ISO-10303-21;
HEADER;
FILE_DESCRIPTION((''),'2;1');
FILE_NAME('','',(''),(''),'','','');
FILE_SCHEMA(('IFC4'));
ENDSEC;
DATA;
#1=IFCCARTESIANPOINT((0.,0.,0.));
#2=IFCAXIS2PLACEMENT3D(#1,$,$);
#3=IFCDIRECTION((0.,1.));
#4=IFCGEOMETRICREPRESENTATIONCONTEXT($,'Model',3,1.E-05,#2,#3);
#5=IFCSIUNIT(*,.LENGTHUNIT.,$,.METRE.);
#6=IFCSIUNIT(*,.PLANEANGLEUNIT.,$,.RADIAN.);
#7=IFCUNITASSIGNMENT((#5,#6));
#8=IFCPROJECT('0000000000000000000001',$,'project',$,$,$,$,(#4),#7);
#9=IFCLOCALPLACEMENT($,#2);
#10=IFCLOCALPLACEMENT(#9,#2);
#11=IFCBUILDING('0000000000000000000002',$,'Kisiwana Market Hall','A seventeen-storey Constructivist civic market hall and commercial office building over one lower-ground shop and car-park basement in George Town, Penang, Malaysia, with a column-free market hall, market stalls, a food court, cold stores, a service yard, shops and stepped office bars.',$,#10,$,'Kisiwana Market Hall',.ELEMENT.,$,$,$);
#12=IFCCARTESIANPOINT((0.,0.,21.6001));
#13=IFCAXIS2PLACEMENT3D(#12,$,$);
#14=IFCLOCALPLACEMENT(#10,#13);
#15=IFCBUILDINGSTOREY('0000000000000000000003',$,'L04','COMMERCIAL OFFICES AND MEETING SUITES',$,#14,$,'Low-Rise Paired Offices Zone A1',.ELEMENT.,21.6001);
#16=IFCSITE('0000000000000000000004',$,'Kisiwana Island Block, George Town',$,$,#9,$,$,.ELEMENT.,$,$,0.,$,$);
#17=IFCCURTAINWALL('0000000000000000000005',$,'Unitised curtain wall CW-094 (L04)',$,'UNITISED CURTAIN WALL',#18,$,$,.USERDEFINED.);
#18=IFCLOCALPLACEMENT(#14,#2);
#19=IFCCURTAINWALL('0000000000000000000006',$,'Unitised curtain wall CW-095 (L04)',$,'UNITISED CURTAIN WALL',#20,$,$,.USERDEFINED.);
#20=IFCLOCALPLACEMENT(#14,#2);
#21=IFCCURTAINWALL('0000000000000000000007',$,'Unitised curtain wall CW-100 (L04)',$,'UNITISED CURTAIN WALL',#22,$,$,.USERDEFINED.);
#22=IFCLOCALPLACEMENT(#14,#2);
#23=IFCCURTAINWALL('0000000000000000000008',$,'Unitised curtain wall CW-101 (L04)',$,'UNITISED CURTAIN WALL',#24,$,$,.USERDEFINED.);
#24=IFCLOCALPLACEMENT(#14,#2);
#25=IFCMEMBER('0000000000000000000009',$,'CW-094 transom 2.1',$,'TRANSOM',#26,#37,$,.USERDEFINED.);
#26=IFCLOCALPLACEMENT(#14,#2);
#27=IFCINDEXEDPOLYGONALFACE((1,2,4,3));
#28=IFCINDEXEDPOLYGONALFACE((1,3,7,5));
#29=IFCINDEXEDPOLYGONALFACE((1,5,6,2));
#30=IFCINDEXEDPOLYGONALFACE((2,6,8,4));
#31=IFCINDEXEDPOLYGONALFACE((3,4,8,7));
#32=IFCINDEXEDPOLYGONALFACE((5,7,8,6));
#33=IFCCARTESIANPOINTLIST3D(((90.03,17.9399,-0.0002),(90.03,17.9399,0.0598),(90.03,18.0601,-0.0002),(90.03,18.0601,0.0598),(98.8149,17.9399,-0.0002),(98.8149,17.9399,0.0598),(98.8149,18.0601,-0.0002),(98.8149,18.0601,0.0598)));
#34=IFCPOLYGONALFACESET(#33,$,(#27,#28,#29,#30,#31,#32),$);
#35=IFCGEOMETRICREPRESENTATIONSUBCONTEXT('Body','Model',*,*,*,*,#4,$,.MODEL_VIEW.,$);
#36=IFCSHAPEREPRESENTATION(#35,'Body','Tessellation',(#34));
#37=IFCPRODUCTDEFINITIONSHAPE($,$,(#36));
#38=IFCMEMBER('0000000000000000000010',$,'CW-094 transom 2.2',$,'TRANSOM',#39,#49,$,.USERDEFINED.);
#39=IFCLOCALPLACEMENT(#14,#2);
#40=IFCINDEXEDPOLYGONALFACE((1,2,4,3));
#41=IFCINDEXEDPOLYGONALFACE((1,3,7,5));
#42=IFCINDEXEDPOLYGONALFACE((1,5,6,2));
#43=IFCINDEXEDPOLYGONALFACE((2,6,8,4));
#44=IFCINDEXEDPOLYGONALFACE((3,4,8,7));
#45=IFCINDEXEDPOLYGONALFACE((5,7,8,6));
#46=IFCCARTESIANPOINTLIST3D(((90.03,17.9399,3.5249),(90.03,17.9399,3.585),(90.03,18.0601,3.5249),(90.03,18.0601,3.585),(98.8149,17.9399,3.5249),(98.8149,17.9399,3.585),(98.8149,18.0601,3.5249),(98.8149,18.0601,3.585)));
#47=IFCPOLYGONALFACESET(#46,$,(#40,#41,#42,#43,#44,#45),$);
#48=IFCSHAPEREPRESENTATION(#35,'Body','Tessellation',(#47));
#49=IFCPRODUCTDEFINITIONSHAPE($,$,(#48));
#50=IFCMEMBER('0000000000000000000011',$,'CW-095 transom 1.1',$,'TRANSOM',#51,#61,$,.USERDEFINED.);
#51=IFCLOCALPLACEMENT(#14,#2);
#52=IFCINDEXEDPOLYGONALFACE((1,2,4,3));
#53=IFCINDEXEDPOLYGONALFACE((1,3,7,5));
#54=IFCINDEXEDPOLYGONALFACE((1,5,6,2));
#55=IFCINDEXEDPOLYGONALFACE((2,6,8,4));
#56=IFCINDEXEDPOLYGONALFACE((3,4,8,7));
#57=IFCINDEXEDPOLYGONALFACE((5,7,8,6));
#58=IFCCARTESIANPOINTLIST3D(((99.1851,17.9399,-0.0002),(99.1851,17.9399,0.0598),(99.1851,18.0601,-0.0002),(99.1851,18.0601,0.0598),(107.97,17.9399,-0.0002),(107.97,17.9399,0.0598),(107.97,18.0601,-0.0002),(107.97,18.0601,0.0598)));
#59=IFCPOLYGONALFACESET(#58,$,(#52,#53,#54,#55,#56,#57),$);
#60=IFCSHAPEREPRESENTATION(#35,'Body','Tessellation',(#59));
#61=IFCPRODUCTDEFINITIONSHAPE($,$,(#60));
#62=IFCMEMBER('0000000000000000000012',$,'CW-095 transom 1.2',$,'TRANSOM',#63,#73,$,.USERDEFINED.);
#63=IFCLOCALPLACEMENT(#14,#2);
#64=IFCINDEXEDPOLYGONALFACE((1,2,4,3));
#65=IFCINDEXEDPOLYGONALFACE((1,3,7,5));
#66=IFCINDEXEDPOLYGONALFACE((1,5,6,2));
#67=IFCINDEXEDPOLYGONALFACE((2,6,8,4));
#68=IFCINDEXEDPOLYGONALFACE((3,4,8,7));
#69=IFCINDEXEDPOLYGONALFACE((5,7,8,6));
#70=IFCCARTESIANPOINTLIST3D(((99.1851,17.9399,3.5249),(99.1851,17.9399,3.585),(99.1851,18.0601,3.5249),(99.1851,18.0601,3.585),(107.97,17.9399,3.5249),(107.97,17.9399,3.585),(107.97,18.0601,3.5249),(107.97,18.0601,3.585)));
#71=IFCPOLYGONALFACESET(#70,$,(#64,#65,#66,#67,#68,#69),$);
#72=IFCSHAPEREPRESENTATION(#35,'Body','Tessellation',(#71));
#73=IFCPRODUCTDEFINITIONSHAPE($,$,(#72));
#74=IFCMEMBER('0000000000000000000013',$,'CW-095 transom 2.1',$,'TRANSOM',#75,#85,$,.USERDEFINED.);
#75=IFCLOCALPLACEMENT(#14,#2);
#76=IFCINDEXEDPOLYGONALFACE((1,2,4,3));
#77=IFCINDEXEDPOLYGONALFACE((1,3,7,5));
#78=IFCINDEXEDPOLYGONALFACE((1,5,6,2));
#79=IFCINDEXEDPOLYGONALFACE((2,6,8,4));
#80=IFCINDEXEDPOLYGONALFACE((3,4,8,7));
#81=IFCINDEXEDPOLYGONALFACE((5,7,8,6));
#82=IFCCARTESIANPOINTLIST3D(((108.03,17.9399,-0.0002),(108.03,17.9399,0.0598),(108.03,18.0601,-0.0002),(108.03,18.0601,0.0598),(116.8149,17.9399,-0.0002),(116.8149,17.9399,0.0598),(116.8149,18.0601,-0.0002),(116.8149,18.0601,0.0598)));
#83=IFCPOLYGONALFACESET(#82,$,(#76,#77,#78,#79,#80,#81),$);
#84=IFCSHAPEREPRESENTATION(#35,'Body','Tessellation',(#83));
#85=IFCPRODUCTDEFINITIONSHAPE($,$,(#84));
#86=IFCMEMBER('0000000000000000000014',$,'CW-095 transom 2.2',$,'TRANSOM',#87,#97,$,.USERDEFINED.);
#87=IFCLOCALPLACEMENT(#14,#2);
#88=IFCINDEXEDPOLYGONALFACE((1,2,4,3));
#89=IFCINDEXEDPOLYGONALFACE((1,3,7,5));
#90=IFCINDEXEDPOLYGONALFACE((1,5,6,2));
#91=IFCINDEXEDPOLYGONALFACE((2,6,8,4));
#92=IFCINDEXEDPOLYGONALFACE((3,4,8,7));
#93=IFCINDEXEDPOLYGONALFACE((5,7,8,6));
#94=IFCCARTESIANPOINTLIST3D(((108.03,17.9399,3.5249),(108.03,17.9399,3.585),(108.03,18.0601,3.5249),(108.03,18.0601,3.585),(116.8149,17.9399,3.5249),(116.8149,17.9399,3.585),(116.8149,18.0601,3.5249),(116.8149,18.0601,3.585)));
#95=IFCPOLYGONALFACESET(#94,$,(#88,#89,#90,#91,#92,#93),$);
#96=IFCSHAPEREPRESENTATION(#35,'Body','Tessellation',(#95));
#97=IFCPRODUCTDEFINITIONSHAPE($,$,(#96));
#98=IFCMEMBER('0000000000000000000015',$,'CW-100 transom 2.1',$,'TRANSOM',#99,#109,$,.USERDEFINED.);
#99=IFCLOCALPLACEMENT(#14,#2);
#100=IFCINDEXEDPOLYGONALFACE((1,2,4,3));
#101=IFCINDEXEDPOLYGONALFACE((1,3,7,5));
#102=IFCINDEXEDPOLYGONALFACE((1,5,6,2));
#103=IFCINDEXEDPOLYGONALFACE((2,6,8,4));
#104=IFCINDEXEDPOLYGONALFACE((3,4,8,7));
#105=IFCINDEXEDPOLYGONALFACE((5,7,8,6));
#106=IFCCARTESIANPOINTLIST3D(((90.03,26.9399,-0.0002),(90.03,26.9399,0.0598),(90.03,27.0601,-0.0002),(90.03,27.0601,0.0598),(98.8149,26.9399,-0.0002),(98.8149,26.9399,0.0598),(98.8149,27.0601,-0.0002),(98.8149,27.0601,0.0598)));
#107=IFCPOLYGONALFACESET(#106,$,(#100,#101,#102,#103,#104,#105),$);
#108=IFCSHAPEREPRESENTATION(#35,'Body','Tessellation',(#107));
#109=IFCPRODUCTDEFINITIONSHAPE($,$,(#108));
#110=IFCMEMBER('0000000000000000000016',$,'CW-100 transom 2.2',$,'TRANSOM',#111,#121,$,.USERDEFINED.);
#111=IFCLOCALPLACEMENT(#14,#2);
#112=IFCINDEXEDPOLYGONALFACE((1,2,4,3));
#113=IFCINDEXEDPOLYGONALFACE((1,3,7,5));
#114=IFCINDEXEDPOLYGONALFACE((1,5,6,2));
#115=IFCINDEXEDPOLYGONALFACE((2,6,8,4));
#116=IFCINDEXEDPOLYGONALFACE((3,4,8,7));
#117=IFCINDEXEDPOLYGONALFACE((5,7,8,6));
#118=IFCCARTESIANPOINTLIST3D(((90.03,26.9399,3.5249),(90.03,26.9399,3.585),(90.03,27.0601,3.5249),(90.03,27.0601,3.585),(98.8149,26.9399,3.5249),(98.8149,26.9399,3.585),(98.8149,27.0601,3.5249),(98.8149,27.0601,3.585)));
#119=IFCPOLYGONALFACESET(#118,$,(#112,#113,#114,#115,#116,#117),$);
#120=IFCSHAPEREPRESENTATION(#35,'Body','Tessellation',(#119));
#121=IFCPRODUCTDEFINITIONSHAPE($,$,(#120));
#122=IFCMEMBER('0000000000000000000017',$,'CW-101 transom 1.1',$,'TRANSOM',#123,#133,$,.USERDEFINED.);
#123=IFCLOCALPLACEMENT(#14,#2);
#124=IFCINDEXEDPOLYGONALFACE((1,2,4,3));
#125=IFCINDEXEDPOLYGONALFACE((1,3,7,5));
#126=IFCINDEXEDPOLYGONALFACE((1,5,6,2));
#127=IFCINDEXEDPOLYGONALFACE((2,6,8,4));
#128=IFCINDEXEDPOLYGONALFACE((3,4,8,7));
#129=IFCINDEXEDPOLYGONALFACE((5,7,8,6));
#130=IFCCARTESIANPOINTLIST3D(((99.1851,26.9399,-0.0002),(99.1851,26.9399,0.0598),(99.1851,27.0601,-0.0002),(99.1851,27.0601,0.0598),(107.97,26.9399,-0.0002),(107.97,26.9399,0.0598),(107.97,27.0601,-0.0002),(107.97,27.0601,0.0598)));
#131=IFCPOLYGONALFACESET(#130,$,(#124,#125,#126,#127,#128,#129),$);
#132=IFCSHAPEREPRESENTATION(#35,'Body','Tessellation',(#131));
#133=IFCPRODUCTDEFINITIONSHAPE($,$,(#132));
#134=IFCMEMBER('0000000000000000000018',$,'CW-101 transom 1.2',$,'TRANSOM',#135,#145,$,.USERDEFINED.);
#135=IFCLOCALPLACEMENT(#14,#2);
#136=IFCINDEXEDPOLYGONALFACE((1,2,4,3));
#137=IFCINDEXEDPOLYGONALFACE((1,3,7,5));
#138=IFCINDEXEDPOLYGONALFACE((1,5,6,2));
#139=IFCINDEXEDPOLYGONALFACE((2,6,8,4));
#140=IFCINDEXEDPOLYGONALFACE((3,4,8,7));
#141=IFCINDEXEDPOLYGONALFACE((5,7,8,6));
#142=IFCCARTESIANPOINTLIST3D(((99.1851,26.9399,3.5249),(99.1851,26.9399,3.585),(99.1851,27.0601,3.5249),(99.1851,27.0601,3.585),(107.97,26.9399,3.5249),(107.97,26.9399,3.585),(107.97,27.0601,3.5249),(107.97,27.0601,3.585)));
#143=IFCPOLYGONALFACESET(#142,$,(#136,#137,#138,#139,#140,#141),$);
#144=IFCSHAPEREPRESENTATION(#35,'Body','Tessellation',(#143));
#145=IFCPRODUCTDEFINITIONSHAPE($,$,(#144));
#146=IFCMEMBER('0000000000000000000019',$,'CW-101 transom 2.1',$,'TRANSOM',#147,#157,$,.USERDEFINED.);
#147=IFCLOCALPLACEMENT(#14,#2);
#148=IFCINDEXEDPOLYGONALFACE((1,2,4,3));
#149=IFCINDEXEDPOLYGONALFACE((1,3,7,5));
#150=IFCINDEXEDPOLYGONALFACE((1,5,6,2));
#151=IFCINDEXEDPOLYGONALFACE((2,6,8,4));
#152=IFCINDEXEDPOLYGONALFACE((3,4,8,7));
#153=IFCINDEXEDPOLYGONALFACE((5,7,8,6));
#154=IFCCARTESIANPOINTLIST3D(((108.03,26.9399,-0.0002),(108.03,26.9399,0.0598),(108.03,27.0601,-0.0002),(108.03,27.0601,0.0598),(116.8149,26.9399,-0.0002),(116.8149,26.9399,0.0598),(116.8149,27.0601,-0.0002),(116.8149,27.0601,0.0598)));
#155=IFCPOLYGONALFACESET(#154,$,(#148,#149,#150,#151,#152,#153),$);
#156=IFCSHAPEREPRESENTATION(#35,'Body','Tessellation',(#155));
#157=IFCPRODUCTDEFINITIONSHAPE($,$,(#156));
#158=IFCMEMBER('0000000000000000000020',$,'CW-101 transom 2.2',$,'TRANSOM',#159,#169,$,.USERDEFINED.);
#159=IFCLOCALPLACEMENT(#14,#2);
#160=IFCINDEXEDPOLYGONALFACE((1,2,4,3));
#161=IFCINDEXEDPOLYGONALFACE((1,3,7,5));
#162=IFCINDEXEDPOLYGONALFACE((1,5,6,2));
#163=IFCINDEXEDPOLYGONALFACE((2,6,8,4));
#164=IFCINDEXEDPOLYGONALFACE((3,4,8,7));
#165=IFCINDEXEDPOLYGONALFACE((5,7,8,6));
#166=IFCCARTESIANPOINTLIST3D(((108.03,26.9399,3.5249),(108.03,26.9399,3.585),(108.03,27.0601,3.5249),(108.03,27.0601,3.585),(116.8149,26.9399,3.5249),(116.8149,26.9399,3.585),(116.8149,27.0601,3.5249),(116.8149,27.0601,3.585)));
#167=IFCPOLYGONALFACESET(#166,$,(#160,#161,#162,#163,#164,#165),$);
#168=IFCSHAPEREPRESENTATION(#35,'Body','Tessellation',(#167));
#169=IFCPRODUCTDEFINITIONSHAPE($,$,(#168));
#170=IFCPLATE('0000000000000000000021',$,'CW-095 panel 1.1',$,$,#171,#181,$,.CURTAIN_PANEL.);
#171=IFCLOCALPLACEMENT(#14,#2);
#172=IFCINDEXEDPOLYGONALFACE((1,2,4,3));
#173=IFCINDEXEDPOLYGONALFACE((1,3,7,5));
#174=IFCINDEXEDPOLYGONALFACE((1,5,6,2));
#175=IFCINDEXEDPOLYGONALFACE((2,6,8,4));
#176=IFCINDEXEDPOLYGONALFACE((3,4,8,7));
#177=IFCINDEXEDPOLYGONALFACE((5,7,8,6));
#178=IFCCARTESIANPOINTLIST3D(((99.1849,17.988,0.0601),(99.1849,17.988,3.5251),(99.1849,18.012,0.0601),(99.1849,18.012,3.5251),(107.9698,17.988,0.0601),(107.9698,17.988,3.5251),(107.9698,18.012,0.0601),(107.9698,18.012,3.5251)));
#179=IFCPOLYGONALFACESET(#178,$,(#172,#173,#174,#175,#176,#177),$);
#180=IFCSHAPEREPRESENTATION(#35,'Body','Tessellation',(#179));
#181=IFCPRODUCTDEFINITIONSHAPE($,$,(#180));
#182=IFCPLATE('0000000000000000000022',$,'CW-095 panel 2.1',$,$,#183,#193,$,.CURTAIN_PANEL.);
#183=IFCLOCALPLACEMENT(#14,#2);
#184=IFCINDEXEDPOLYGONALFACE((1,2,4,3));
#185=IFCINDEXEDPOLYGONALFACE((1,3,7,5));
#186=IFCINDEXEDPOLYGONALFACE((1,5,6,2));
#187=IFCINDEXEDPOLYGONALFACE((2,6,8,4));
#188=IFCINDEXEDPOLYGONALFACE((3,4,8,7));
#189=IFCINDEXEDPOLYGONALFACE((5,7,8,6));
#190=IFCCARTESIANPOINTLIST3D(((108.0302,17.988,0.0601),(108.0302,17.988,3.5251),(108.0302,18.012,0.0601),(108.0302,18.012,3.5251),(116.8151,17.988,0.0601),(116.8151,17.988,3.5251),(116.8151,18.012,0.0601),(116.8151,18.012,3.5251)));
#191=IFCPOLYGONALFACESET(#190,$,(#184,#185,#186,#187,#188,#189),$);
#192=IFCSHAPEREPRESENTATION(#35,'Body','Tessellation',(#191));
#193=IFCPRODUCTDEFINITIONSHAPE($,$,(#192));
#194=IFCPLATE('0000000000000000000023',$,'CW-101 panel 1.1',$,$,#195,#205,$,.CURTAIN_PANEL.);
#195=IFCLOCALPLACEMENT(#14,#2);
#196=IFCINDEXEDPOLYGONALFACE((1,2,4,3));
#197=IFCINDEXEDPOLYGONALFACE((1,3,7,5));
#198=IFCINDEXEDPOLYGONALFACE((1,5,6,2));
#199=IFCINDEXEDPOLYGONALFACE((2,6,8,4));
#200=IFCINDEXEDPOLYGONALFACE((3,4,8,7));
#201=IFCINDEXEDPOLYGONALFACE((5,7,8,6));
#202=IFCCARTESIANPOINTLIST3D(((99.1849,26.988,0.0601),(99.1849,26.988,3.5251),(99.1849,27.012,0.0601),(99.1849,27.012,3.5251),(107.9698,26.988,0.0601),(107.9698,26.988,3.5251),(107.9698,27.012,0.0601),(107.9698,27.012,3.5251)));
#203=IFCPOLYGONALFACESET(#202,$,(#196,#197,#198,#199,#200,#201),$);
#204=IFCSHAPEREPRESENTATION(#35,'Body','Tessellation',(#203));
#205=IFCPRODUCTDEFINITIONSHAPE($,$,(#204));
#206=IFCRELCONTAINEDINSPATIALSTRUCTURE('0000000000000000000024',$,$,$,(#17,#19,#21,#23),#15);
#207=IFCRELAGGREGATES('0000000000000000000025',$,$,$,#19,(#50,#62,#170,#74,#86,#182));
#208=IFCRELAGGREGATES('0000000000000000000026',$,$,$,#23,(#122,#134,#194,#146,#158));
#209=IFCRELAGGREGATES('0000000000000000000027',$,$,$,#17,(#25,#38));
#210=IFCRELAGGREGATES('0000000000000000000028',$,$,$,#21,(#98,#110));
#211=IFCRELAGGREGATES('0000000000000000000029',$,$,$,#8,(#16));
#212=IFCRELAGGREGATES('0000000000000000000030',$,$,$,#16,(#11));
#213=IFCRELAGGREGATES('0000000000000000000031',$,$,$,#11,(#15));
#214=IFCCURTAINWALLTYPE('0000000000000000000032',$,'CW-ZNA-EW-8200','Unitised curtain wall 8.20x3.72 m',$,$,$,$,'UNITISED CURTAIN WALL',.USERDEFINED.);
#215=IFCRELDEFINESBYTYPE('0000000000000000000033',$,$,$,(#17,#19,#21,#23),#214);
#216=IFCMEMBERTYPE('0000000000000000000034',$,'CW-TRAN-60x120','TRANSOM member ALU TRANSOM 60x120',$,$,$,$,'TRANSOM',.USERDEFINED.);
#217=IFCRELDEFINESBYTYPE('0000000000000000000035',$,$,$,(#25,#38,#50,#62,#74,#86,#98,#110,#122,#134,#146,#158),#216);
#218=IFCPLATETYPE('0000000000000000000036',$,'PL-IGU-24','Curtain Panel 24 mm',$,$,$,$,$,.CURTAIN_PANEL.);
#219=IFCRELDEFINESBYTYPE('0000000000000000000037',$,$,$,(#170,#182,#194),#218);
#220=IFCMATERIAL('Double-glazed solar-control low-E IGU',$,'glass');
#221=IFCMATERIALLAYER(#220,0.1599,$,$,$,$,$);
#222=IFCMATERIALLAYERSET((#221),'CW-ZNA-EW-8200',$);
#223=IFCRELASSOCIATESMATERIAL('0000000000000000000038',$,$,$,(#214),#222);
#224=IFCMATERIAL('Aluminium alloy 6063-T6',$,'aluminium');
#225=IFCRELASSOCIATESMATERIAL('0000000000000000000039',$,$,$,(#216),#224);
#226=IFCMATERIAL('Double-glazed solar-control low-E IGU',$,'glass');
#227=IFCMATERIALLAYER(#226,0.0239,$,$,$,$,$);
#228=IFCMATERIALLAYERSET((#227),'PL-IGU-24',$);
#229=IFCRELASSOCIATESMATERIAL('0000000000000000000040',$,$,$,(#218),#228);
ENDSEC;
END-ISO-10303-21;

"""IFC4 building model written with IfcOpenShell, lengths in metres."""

from ifc_helpers import new_model, si_unit, direction, frame, origin, origin_2d, place, context, subcontext, project, spatial, rectangle, extrude, material, layer, layer_set, material_profile, profile_set, type_object, element, aggregate, save


model = new_model("IFC4")

# Units and contexts
model_context = context("Model", 3, precision=1e-05, world=origin(), true_north=direction((0.0, 1.0)))
body_context = subcontext(model_context, "Body", "Model", "MODEL_VIEW")
ifc_project = project(units=[si_unit("LENGTHUNIT", "METRE"), si_unit("PLANEANGLEUNIT", "RADIAN")], contexts=[model_context])

# Site, building, storey
site_placement = place(None, origin())
site = spatial("IfcSite", under=ifc_project, at=site_placement, Name="Kisiwana Island Block, George Town", CompositionType="ELEMENT", RefElevation=0.0)
building_placement = place(site_placement, origin())
building = spatial("IfcBuilding", under=site, at=building_placement, Name="Kisiwana Market Hall", Description="A seventeen-storey Constructivist civic market hall and commercial office building over one lower-ground shop and car-park basement in George Town, Penang, Malaysia, with a column-free market hall, market stalls, a food court, cold stores, a service yard, shops and stepped office bars.", LongName="Kisiwana Market Hall", CompositionType="ELEMENT")
storey_placement = place(building_placement, frame((0.0, 0.0, 21.6001)))
storey = spatial("IfcBuildingStorey", under=building, at=storey_placement, Name="L04", Description="COMMERCIAL OFFICES AND MEETING SUITES", LongName="Low-Rise Paired Offices Zone A1", CompositionType="ELEMENT", Elevation=21.6001)

# Curtain wall
ifc_material_1 = material(Name="Double-glazed solar-control low-E IGU", Category="glass")
ifc_layer_1 = layer(ifc_material_1, 0.1599)
ifc_layer_set_1 = layer_set([ifc_layer_1], Name="CW-ZNA-EW-8200")
curtain_wall_type = type_object("IfcCurtainWallType", Name="CW-ZNA-EW-8200", Description="Unitised curtain wall 8.20x3.72 m", ElementType="UNITISED CURTAIN WALL", PredefinedType="USERDEFINED", material=ifc_layer_set_1)
curtain_wall_1_placement = place(storey_placement, origin())
curtain_wall_1 = element("IfcCurtainWall", 1, at=curtain_wall_1_placement, inside=storey, type_object=curtain_wall_type, Name="Unitised curtain wall CW-094 (L04)", ObjectType="UNITISED CURTAIN WALL", PredefinedType="USERDEFINED")

# Curtain wall
curtain_wall_2_placement = place(storey_placement, origin())
curtain_wall_2 = element("IfcCurtainWall", 2, at=curtain_wall_2_placement, inside=storey, type_object=curtain_wall_type, Name="Unitised curtain wall CW-095 (L04)", ObjectType="UNITISED CURTAIN WALL", PredefinedType="USERDEFINED")

# Curtain wall
curtain_wall_3_placement = place(storey_placement, origin())
curtain_wall_3 = element("IfcCurtainWall", 3, at=curtain_wall_3_placement, inside=storey, type_object=curtain_wall_type, Name="Unitised curtain wall CW-100 (L04)", ObjectType="UNITISED CURTAIN WALL", PredefinedType="USERDEFINED")

# Curtain wall
curtain_wall_4_placement = place(storey_placement, origin())
curtain_wall_4 = element("IfcCurtainWall", 4, at=curtain_wall_4_placement, inside=storey, type_object=curtain_wall_type, Name="Unitised curtain wall CW-101 (L04)", ObjectType="UNITISED CURTAIN WALL", PredefinedType="USERDEFINED")

# Members
ifc_material_2 = material(Name="Aluminium alloy 6063-T6", Category="aluminium")
ifc_material_profile_1 = material_profile(ifc_material_2, rectangle(XDim=0.1201, YDim=0.0601, at=origin_2d()), Name="ALU TRANSOM 60x120")
ifc_profile_set_1 = profile_set([ifc_material_profile_1], Name="Aluminium alloy 6063-T6")
member_type_1 = type_object("IfcMemberType", Name="CW-TRAN-60x120", Description="TRANSOM member ALU TRANSOM 60x120", ElementType="TRANSOM", PredefinedType="USERDEFINED", material=ifc_profile_set_1)
member_1_placement = place(storey_placement, frame((90.03, 18.0, 0.0298), z_axis=(1.0, 0.0, 0.0), x_axis=(0.0, 1.0, 0.0)))
member_1 = element("IfcMember", 5, at=member_1_placement, type_object=member_type_1, Name="CW-094 transom 2.1", ObjectType="TRANSOM", PredefinedType="USERDEFINED", context=body_context, shape_type="SweptSolid", body=[
    extrude(rectangle(XDim=0.1201, YDim=0.0601, at=origin_2d()), origin(), (0.0, 0.0, 1.0), 8.7849),
])
member_2_placement = place(storey_placement, frame((90.03, 18.0, 3.5549), z_axis=(1.0, 0.0, 0.0), x_axis=(0.0, 1.0, 0.0)))
member_2 = element("IfcMember", 6, at=member_2_placement, type_object=member_type_1, Name="CW-094 transom 2.2", ObjectType="TRANSOM", PredefinedType="USERDEFINED", context=body_context, shape_type="SweptSolid", body=[
    extrude(rectangle(XDim=0.1201, YDim=0.0601, at=origin_2d()), origin(), (0.0, 0.0, 1.0), 8.7849),
])
member_3_placement = place(storey_placement, frame((99.1851, 18.0, 0.0298), z_axis=(1.0, 0.0, 0.0), x_axis=(0.0, 1.0, 0.0)))
member_3 = element("IfcMember", 7, at=member_3_placement, type_object=member_type_1, Name="CW-095 transom 1.1", ObjectType="TRANSOM", PredefinedType="USERDEFINED", context=body_context, shape_type="SweptSolid", body=[
    extrude(rectangle(XDim=0.1201, YDim=0.0601, at=origin_2d()), origin(), (0.0, 0.0, 1.0), 8.7849),
])
member_4_placement = place(storey_placement, frame((99.1851, 18.0, 3.5549), z_axis=(1.0, 0.0, 0.0), x_axis=(0.0, 1.0, 0.0)))
member_4 = element("IfcMember", 8, at=member_4_placement, type_object=member_type_1, Name="CW-095 transom 1.2", ObjectType="TRANSOM", PredefinedType="USERDEFINED", context=body_context, shape_type="SweptSolid", body=[
    extrude(rectangle(XDim=0.1201, YDim=0.0601, at=origin_2d()), origin(), (0.0, 0.0, 1.0), 8.7849),
])
member_5_placement = place(storey_placement, frame((108.03, 18.0, 0.0298), z_axis=(1.0, 0.0, 0.0), x_axis=(0.0, 1.0, 0.0)))
member_5 = element("IfcMember", 9, at=member_5_placement, type_object=member_type_1, Name="CW-095 transom 2.1", ObjectType="TRANSOM", PredefinedType="USERDEFINED", context=body_context, shape_type="SweptSolid", body=[
    extrude(rectangle(XDim=0.1201, YDim=0.0601, at=origin_2d()), origin(), (0.0, 0.0, 1.0), 8.7849),
])
member_6_placement = place(storey_placement, frame((108.03, 18.0, 3.5549), z_axis=(1.0, 0.0, 0.0), x_axis=(0.0, 1.0, 0.0)))
member_6 = element("IfcMember", 10, at=member_6_placement, type_object=member_type_1, Name="CW-095 transom 2.2", ObjectType="TRANSOM", PredefinedType="USERDEFINED", context=body_context, shape_type="SweptSolid", body=[
    extrude(rectangle(XDim=0.1201, YDim=0.0601, at=origin_2d()), origin(), (0.0, 0.0, 1.0), 8.7849),
])
member_7_placement = place(storey_placement, frame((90.03, 27.0, 0.0298), z_axis=(1.0, 0.0, 0.0), x_axis=(0.0, 1.0, 0.0)))
member_7 = element("IfcMember", 11, at=member_7_placement, type_object=member_type_1, Name="CW-100 transom 2.1", ObjectType="TRANSOM", PredefinedType="USERDEFINED", context=body_context, shape_type="SweptSolid", body=[
    extrude(rectangle(XDim=0.1201, YDim=0.0601, at=origin_2d()), origin(), (0.0, 0.0, 1.0), 8.7849),
])
member_8_placement = place(storey_placement, frame((90.03, 27.0, 3.5549), z_axis=(1.0, 0.0, 0.0), x_axis=(0.0, 1.0, 0.0)))
member_8 = element("IfcMember", 12, at=member_8_placement, type_object=member_type_1, Name="CW-100 transom 2.2", ObjectType="TRANSOM", PredefinedType="USERDEFINED", context=body_context, shape_type="SweptSolid", body=[
    extrude(rectangle(XDim=0.1201, YDim=0.0601, at=origin_2d()), origin(), (0.0, 0.0, 1.0), 8.7849),
])
member_9_placement = place(storey_placement, frame((99.1851, 27.0, 0.0298), z_axis=(1.0, 0.0, 0.0), x_axis=(0.0, 1.0, 0.0)))
member_9 = element("IfcMember", 13, at=member_9_placement, type_object=member_type_1, Name="CW-101 transom 1.1", ObjectType="TRANSOM", PredefinedType="USERDEFINED", context=body_context, shape_type="SweptSolid", body=[
    extrude(rectangle(XDim=0.1201, YDim=0.0601, at=origin_2d()), origin(), (0.0, 0.0, 1.0), 8.7849),
])
member_10_placement = place(storey_placement, frame((99.1851, 27.0, 3.5549), z_axis=(1.0, 0.0, 0.0), x_axis=(0.0, 1.0, 0.0)))
member_10 = element("IfcMember", 14, at=member_10_placement, type_object=member_type_1, Name="CW-101 transom 1.2", ObjectType="TRANSOM", PredefinedType="USERDEFINED", context=body_context, shape_type="SweptSolid", body=[
    extrude(rectangle(XDim=0.1201, YDim=0.0601, at=origin_2d()), origin(), (0.0, 0.0, 1.0), 8.7849),
])
member_11_placement = place(storey_placement, frame((108.03, 27.0, 0.0298), z_axis=(1.0, 0.0, 0.0), x_axis=(0.0, 1.0, 0.0)))
member_11 = element("IfcMember", 15, at=member_11_placement, type_object=member_type_1, Name="CW-101 transom 2.1", ObjectType="TRANSOM", PredefinedType="USERDEFINED", context=body_context, shape_type="SweptSolid", body=[
    extrude(rectangle(XDim=0.1201, YDim=0.0601, at=origin_2d()), origin(), (0.0, 0.0, 1.0), 8.7849),
])
member_12_placement = place(storey_placement, frame((108.03, 27.0, 3.5549), z_axis=(1.0, 0.0, 0.0), x_axis=(0.0, 1.0, 0.0)))
member_12 = element("IfcMember", 16, at=member_12_placement, type_object=member_type_1, Name="CW-101 transom 2.2", ObjectType="TRANSOM", PredefinedType="USERDEFINED", context=body_context, shape_type="SweptSolid", body=[
    extrude(rectangle(XDim=0.1201, YDim=0.0601, at=origin_2d()), origin(), (0.0, 0.0, 1.0), 8.7849),
])

# Plates
ifc_material_3 = material(Name="Double-glazed solar-control low-E IGU", Category="glass")
ifc_layer_2 = layer(ifc_material_3, 0.0239)
ifc_layer_set_2 = layer_set([ifc_layer_2], Name="PL-IGU-24")
plate_type_1 = type_object("IfcPlateType", Name="PL-IGU-24", Description="Curtain Panel 24 mm", PredefinedType="CURTAIN_PANEL", material=ifc_layer_set_2)
plate_1_placement = place(storey_placement, frame((103.5774, 18.0, 0.0601), z_axis=(0.0, 0.0, 1.0), x_axis=(1.0, 0.0, 0.0)))
plate_1 = element("IfcPlate", 17, at=plate_1_placement, type_object=plate_type_1, Name="CW-095 panel 1.1", PredefinedType="CURTAIN_PANEL", context=body_context, shape_type="SweptSolid", body=[
    extrude(rectangle(XDim=8.7849, YDim=0.0239, at=origin_2d()), origin(), (0.0, 0.0, 1.0), 3.4651),
])
plate_2_placement = place(storey_placement, frame((112.4226, 18.0, 0.0601), z_axis=(0.0, 0.0, 1.0), x_axis=(1.0, 0.0, 0.0)))
plate_2 = element("IfcPlate", 18, at=plate_2_placement, type_object=plate_type_1, Name="CW-095 panel 2.1", PredefinedType="CURTAIN_PANEL", context=body_context, shape_type="SweptSolid", body=[
    extrude(rectangle(XDim=8.7849, YDim=0.0239, at=origin_2d()), origin(), (0.0, 0.0, 1.0), 3.4651),
])
aggregate(curtain_wall_2, [member_3, member_4, plate_1, member_5, member_6, plate_2])
plate_3_placement = place(storey_placement, frame((103.5774, 27.0, 0.0601), z_axis=(0.0, 0.0, 1.0), x_axis=(1.0, 0.0, 0.0)))
plate_3 = element("IfcPlate", 19, at=plate_3_placement, type_object=plate_type_1, Name="CW-101 panel 1.1", PredefinedType="CURTAIN_PANEL", context=body_context, shape_type="SweptSolid", body=[
    extrude(rectangle(XDim=8.7849, YDim=0.0239, at=origin_2d()), origin(), (0.0, 0.0, 1.0), 3.4651),
])
aggregate(curtain_wall_4, [member_9, member_10, plate_3, member_11, member_12])
aggregate(curtain_wall_1, [member_1, member_2])
aggregate(curtain_wall_3, [member_7, member_8])

save(model, "model.ifc")
